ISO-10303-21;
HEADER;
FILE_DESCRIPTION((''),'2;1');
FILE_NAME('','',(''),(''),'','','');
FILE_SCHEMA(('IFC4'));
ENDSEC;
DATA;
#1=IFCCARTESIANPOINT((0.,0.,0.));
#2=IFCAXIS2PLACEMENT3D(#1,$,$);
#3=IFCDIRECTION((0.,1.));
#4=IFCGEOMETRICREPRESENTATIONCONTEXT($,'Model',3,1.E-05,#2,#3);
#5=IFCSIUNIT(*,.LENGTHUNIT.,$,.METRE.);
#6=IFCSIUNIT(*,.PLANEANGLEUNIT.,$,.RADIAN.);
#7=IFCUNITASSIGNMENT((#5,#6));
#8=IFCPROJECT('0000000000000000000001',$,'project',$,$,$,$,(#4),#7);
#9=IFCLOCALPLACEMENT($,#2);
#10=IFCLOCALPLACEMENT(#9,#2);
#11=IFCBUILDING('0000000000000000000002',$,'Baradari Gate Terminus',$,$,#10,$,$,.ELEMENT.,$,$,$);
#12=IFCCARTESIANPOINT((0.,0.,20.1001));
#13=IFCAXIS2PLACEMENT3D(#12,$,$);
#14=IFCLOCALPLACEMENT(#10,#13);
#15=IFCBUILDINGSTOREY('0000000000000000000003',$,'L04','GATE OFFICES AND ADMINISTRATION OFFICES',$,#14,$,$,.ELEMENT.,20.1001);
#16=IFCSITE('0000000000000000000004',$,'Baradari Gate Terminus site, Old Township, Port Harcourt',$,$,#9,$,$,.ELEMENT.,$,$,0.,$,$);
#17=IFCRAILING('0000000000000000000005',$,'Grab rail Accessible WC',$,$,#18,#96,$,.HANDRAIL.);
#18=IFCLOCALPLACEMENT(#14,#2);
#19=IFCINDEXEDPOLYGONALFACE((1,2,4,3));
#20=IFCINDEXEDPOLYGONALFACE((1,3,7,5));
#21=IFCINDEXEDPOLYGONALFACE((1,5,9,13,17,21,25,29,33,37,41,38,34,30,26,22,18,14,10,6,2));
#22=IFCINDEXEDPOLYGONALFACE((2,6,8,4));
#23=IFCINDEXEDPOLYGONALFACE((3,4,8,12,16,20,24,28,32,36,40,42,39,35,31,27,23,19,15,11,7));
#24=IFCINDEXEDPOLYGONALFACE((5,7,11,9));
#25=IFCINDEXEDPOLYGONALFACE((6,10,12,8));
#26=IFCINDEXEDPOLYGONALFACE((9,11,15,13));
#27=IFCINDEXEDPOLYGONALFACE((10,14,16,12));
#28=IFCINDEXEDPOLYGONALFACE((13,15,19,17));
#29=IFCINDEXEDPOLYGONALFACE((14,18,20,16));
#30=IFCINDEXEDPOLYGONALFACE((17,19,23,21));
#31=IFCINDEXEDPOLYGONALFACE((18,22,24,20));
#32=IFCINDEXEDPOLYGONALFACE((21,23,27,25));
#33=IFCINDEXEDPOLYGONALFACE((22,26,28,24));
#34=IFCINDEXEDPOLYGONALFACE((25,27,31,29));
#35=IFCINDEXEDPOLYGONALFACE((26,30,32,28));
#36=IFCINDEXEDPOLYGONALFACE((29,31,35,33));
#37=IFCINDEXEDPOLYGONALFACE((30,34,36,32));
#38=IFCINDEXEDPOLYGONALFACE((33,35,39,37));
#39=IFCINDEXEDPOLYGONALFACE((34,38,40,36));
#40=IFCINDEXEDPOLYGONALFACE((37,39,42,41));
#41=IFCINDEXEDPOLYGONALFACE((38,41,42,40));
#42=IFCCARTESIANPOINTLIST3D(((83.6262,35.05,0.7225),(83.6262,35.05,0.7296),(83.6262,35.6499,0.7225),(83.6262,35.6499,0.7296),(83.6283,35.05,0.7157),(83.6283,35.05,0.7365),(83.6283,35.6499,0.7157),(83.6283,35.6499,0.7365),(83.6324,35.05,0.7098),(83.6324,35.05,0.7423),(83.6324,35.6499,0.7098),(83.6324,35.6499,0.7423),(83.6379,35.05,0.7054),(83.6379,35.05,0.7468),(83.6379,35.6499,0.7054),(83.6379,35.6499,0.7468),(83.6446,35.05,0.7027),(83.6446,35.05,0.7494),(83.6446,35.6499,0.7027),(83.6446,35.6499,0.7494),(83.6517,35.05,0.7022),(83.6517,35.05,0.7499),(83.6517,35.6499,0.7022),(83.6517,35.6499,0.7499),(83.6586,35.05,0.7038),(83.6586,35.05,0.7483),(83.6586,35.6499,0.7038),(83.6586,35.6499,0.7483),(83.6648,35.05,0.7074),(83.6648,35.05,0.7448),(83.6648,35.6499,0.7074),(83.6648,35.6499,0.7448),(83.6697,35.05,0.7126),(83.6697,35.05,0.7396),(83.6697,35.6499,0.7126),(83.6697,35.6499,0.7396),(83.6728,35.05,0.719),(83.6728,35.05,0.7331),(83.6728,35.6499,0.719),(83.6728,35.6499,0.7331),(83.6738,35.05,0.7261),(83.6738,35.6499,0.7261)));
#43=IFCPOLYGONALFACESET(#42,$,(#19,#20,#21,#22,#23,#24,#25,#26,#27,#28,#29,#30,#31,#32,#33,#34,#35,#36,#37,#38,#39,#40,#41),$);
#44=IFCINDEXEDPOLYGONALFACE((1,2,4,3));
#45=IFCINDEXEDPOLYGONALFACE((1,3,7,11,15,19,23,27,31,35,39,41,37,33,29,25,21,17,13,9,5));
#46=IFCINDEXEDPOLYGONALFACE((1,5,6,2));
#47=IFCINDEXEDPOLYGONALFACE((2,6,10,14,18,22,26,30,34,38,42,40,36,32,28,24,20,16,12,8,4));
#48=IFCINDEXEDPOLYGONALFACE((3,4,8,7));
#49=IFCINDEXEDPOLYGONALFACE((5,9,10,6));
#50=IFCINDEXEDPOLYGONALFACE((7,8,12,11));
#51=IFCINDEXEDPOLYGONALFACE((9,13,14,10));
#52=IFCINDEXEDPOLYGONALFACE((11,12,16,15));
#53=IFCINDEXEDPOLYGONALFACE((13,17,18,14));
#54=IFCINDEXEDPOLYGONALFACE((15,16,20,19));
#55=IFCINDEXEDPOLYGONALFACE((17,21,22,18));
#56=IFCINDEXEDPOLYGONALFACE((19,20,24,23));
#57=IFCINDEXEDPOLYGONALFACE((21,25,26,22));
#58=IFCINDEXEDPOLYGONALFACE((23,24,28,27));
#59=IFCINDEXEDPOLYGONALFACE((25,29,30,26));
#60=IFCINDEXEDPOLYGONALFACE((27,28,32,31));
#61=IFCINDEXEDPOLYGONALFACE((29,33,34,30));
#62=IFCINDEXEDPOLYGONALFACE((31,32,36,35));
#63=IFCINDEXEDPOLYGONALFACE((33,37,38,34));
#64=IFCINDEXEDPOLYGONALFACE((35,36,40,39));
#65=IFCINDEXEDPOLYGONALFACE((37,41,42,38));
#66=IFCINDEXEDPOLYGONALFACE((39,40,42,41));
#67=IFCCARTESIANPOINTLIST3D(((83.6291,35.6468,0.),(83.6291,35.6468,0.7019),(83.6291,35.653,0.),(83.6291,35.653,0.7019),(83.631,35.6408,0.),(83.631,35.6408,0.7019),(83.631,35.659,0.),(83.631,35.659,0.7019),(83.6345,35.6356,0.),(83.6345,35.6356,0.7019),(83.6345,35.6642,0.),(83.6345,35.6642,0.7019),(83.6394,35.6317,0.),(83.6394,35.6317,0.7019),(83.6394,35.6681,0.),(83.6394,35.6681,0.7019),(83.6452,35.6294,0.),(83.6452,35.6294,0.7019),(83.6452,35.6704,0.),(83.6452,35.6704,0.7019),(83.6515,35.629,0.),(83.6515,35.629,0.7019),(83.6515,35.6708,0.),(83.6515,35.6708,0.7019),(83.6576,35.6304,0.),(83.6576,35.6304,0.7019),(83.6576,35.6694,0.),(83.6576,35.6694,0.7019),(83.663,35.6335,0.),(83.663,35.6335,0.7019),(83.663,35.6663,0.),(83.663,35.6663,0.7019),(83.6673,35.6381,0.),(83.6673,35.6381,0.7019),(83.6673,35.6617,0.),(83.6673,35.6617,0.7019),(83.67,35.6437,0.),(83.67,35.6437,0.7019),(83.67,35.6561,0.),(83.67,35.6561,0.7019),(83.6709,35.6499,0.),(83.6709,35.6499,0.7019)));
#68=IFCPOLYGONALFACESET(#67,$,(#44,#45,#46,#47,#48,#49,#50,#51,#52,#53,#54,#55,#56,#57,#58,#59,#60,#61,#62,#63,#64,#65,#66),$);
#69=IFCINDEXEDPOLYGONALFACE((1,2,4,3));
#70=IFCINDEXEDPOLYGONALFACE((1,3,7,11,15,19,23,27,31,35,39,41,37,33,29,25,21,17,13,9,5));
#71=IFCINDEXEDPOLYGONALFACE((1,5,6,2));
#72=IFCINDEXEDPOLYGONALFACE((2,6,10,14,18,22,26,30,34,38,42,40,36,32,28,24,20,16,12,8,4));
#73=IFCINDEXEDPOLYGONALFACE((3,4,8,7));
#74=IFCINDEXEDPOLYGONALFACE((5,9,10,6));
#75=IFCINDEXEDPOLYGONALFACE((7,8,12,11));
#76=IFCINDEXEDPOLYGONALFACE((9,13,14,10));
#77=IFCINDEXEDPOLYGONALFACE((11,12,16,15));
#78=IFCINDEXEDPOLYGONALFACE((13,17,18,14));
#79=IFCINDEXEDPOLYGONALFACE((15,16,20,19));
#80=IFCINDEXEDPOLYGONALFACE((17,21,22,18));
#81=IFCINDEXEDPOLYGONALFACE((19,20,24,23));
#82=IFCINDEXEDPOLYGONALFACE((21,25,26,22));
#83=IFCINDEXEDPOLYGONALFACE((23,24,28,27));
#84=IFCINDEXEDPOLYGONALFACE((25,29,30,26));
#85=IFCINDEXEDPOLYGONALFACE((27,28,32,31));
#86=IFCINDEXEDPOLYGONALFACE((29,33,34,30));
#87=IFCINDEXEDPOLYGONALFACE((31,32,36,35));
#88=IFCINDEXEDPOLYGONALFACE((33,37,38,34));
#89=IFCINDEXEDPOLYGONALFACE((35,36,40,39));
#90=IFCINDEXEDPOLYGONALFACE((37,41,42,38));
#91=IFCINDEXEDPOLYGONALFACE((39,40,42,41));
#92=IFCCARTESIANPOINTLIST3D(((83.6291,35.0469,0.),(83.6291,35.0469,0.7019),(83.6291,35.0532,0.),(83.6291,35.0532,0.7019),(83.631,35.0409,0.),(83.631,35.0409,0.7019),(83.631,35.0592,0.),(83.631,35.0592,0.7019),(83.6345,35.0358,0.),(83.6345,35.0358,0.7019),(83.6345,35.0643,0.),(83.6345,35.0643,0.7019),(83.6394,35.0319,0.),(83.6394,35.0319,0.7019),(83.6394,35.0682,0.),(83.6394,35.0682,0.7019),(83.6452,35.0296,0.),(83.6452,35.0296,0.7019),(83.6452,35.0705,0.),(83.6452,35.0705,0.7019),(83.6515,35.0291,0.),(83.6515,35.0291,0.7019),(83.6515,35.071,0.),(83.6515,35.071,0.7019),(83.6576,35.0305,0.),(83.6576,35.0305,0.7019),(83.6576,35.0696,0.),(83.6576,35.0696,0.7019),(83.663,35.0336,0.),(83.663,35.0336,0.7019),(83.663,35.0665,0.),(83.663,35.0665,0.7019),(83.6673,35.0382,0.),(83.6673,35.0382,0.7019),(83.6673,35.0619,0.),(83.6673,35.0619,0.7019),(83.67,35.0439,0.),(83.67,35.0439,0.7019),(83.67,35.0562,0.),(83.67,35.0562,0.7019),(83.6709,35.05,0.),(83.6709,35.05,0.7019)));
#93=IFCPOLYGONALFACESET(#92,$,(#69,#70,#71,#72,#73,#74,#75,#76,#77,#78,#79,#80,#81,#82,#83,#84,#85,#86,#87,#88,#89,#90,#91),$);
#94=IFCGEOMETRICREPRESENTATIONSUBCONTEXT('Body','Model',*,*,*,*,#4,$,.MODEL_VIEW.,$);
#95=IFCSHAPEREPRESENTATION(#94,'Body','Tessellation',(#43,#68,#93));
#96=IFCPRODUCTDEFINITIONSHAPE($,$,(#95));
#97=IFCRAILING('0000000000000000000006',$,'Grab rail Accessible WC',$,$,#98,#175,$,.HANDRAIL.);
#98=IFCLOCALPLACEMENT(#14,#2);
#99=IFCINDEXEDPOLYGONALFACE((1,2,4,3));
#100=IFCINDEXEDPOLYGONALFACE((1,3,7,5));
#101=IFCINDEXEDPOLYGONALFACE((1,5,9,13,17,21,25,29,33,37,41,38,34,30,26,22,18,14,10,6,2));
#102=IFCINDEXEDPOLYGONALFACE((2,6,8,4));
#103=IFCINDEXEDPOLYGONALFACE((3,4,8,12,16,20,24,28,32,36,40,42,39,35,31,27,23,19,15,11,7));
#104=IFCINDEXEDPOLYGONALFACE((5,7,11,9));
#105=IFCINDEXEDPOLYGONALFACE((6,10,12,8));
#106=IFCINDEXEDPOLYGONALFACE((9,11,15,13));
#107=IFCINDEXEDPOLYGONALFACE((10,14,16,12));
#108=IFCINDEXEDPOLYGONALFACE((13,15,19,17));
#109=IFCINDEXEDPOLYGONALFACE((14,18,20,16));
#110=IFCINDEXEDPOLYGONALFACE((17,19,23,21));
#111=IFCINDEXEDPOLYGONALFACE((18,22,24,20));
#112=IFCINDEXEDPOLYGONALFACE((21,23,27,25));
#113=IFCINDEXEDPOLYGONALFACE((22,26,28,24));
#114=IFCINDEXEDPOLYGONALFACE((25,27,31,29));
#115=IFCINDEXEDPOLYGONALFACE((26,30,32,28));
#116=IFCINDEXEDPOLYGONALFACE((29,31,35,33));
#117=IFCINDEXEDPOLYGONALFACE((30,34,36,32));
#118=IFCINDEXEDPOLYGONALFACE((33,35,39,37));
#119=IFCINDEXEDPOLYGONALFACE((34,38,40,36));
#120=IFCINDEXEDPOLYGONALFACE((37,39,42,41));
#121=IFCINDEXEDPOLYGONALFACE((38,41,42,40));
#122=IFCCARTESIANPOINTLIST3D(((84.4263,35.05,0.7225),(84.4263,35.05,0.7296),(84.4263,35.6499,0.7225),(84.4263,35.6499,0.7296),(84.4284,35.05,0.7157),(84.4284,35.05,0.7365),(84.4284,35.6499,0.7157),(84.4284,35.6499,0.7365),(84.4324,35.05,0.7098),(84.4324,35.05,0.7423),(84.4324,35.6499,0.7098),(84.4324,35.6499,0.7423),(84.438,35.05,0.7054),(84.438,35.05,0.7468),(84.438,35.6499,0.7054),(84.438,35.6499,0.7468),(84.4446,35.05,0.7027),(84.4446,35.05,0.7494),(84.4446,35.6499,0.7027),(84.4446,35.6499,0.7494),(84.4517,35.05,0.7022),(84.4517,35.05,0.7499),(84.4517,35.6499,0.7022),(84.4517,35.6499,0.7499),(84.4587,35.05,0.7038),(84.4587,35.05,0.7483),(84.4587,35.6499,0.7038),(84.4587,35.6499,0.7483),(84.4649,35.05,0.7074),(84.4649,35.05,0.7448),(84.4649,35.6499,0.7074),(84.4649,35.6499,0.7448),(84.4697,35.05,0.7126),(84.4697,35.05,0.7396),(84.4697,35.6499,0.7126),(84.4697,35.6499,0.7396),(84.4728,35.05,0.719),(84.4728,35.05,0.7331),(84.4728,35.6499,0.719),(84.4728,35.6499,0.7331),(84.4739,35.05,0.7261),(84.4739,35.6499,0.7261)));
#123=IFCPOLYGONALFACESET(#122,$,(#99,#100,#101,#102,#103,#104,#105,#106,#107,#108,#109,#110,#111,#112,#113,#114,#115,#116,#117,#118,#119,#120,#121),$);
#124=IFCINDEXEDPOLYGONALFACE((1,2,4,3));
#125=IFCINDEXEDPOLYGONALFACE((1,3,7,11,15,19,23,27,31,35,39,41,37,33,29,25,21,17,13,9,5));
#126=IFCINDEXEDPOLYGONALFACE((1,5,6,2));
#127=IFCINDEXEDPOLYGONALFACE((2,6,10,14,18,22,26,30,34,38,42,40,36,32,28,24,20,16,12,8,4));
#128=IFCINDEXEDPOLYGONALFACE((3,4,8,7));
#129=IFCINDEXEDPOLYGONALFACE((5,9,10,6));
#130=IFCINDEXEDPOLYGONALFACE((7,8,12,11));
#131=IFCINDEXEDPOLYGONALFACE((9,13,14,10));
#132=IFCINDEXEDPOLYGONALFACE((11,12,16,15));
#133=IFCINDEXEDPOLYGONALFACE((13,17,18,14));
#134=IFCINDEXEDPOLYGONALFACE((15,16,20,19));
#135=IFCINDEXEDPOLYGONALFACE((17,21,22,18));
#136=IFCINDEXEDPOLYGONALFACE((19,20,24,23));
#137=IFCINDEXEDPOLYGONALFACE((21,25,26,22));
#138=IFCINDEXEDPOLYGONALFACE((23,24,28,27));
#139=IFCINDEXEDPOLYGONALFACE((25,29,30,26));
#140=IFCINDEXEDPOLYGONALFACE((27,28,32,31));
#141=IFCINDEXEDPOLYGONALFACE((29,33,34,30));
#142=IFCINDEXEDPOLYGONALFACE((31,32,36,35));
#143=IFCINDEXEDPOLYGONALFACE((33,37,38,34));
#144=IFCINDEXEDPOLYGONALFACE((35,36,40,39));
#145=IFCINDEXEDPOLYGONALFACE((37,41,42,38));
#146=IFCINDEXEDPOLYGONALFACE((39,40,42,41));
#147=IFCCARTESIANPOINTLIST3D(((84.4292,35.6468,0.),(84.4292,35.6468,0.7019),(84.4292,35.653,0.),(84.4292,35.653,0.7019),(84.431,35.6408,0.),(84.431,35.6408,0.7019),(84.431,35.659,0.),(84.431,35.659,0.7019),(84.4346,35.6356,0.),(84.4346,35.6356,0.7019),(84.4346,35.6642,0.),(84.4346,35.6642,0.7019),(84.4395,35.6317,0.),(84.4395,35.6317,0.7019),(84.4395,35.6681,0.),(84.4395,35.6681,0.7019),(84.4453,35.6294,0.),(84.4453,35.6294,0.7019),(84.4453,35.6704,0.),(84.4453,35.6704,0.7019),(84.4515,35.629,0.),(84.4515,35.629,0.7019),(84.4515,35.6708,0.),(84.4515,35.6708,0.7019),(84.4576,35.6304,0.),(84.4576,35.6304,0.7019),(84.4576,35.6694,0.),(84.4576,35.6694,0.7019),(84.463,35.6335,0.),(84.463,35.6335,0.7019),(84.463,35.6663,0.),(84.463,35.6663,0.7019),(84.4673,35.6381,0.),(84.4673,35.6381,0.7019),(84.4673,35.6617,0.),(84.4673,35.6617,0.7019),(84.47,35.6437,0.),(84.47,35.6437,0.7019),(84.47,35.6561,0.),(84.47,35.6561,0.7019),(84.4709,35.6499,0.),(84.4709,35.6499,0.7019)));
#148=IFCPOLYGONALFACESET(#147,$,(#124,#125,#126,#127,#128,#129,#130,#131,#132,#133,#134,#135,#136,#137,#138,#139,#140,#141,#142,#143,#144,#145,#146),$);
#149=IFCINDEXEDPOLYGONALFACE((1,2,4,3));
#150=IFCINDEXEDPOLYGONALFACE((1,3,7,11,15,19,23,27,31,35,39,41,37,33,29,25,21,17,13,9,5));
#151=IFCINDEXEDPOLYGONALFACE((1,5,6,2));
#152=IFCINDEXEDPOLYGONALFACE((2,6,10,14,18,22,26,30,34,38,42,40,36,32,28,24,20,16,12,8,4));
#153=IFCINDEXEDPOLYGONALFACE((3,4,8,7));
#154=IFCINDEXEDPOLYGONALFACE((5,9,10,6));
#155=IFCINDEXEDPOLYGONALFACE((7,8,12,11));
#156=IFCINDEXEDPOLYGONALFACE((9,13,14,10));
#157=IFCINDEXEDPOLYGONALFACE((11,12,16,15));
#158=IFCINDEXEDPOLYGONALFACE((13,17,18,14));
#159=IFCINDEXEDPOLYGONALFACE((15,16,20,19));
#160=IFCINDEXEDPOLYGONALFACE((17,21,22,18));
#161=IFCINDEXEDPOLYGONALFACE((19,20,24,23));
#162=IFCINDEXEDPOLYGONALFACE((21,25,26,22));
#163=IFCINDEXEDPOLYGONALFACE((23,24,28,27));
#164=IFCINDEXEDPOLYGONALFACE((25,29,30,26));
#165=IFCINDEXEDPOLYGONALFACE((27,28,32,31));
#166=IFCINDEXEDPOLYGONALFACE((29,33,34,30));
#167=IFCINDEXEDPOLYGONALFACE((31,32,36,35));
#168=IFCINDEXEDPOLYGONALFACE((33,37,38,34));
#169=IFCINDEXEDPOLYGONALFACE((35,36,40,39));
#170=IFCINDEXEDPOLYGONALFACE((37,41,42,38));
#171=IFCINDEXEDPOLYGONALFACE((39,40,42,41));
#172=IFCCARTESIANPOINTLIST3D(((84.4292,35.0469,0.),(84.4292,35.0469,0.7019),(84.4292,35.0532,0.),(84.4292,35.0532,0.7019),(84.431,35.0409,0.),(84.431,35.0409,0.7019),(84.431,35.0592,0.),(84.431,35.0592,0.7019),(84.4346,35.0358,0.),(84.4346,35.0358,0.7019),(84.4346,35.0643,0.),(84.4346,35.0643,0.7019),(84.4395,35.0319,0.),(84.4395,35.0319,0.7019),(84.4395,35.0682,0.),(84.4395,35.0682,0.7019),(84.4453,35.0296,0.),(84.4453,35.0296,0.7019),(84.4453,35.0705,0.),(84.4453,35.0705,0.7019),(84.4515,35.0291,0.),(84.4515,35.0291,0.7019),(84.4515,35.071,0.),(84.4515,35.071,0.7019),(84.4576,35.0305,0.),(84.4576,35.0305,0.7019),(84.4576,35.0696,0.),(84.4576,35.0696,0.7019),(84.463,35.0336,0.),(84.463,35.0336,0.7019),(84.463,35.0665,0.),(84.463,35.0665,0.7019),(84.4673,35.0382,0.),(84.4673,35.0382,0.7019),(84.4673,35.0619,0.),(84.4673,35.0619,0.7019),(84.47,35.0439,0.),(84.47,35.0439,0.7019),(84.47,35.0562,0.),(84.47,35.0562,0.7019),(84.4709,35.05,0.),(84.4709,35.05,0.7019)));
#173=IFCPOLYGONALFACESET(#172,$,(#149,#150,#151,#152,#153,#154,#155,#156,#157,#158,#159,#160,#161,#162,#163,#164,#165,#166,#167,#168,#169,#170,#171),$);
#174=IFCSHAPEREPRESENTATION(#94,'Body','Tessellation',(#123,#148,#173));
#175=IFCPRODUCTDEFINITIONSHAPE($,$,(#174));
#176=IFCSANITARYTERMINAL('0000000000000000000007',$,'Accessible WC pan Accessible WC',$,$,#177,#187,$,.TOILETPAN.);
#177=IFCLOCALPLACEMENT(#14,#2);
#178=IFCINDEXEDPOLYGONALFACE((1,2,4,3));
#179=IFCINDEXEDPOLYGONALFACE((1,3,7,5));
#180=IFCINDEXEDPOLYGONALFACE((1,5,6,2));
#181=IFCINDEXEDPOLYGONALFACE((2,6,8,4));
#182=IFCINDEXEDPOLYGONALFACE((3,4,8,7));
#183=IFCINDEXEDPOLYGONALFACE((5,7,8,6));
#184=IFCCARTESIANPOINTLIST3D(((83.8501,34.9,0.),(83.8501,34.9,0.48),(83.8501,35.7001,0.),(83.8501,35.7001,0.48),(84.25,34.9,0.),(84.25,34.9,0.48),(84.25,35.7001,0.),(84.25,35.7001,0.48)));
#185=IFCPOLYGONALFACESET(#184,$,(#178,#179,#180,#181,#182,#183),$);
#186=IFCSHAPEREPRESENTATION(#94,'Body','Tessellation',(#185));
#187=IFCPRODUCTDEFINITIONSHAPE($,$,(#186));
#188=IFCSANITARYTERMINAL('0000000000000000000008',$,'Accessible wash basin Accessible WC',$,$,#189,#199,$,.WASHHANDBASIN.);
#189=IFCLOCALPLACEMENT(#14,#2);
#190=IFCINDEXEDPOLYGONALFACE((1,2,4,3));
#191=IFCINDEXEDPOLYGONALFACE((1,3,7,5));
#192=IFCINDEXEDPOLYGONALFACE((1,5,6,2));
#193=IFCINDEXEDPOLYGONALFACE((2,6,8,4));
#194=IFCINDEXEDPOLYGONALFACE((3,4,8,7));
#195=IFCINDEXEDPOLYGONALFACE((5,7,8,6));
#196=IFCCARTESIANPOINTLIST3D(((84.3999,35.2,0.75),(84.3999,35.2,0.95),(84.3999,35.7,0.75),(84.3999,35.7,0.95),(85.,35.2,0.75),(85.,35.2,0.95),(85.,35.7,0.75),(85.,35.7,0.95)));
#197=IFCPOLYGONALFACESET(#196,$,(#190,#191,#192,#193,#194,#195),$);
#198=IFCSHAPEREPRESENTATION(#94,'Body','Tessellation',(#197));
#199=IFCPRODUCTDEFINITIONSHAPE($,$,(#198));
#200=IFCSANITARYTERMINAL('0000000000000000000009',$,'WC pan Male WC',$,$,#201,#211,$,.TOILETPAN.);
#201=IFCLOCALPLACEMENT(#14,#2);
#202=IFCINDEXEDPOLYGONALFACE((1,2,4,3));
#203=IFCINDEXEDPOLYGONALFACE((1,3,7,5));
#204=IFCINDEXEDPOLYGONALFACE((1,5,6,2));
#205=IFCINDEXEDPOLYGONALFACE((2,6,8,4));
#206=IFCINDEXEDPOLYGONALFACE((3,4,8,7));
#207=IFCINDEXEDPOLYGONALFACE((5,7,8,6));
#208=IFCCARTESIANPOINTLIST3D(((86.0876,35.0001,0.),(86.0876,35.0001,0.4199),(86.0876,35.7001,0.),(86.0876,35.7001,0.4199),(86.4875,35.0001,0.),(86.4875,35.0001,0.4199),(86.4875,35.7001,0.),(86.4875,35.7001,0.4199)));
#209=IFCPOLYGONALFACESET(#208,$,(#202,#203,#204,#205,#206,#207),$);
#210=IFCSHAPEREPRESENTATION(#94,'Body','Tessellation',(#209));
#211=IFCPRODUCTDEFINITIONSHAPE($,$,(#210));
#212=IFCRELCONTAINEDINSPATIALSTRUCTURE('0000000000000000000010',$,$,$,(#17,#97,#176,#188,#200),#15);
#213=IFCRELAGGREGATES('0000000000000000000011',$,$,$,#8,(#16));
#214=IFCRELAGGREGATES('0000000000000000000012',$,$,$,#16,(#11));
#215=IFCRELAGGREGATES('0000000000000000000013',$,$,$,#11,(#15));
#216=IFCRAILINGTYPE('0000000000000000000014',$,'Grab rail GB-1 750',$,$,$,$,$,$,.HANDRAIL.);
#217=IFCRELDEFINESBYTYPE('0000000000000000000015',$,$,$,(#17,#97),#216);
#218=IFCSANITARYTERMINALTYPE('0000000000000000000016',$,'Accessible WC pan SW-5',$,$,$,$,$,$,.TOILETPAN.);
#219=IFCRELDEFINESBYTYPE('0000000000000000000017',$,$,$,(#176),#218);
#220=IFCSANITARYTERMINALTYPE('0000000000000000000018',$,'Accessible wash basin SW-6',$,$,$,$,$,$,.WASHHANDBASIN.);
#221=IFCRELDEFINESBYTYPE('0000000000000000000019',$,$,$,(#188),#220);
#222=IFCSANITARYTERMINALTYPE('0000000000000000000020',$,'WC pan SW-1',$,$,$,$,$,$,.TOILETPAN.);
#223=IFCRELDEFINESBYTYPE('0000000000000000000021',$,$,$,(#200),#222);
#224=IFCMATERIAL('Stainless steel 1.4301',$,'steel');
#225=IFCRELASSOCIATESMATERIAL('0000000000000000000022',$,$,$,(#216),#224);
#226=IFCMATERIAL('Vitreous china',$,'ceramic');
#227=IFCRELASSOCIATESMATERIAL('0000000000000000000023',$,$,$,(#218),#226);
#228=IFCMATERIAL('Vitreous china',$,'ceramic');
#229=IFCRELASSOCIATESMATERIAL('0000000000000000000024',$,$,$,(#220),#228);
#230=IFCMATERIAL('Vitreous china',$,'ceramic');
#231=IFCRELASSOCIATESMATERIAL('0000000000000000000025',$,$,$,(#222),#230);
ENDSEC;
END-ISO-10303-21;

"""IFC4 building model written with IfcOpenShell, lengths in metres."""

from ifc_helpers import new_model, si_unit, direction, frame, origin, origin_2d, place, context, subcontext, project, spatial, rectangle, circle, extrude, material, type_object, element, save


model = new_model("IFC4")

# Units and contexts
model_context = context("Model", 3, precision=1e-05, world=origin(), true_north=direction((0.0, 1.0)))
body_context = subcontext(model_context, "Body", "Model", "MODEL_VIEW")
ifc_project = project(units=[si_unit("LENGTHUNIT", "METRE"), si_unit("PLANEANGLEUNIT", "RADIAN")], contexts=[model_context])

# Site, building, storey
site_placement = place(None, origin())
site = spatial("IfcSite", under=ifc_project, at=site_placement, Name="Baradari Gate Terminus site, Old Township, Port Harcourt", CompositionType="ELEMENT", RefElevation=0.0)
building_placement = place(site_placement, origin())
building = spatial("IfcBuilding", under=site, at=building_placement, Name="Baradari Gate Terminus", CompositionType="ELEMENT")
storey_placement = place(building_placement, frame((0.0, 0.0, 20.1001)))
storey = spatial("IfcBuildingStorey", under=building, at=storey_placement, Name="L04", Description="GATE OFFICES AND ADMINISTRATION OFFICES", CompositionType="ELEMENT", Elevation=20.1001)

# Railings
ifc_material_1 = material(Name="Stainless steel 1.4301", Category="steel")
railing_type = type_object("IfcRailingType", Name="Grab rail GB-1 750", PredefinedType="HANDRAIL", material=ifc_material_1)
for number, where, name in (
    (1, (83.6499, 35.6499, 0.0), "Grab rail Accessible WC"),
    (2, (84.45, 35.6499, 0.0), "Grab rail Accessible WC"),
):
    element("IfcRailing", number, at=place(storey_placement, frame(where)), inside=storey, type_object=railing_type, Name=name, PredefinedType="HANDRAIL", context=body_context, shape_type="SweptSolid", body=[
        extrude(circle(Radius=0.0239, at=origin_2d()), frame((0.0, 0.0, 0.7261), z_axis=(0.0, -1.0, 0.0), x_axis=(1.0, 0.0, 0.0)), (0.0, 0.0, 1.0), 0.5999),
        extrude(circle(Radius=0.021, at=origin_2d()), origin(), (0.0, 0.0, 1.0), 0.7019),
        extrude(circle(Radius=0.021, at=origin_2d()), frame((0.0, -0.5999, 0.0)), (0.0, 0.0, 1.0), 0.7019),
    ])

# Sanitary terminals
ifc_material_2 = material(Name="Vitreous china", Category="ceramic")
sanitary_terminal_type_1 = type_object("IfcSanitaryTerminalType", Name="Accessible WC pan SW-5", PredefinedType="TOILETPAN", material=ifc_material_2)
sanitary_terminal_1_placement = place(storey_placement, frame((84.05, 35.3, 0.0), z_axis=(0.0, 0.0, 1.0), x_axis=(1.0, 0.0, 0.0)))
element("IfcSanitaryTerminal", 3, at=sanitary_terminal_1_placement, inside=storey, type_object=sanitary_terminal_type_1, Name="Accessible WC pan Accessible WC", PredefinedType="TOILETPAN", context=body_context, shape_type="SweptSolid", body=[
    extrude(rectangle(XDim=0.3999, YDim=0.8, at=origin_2d()), origin(), (0.0, 0.0, 1.0), 0.48),
])
ifc_material_3 = material(Name="Vitreous china", Category="ceramic")
sanitary_terminal_type_2 = type_object("IfcSanitaryTerminalType", Name="Accessible wash basin SW-6", PredefinedType="WASHHANDBASIN", material=ifc_material_3)
sanitary_terminal_2_placement = place(storey_placement, frame((84.7, 35.45, 0.75), z_axis=(0.0, 0.0, 1.0), x_axis=(1.0, 0.0, 0.0)))
element("IfcSanitaryTerminal", 4, at=sanitary_terminal_2_placement, inside=storey, type_object=sanitary_terminal_type_2, Name="Accessible wash basin Accessible WC", PredefinedType="WASHHANDBASIN", context=body_context, shape_type="SweptSolid", body=[
    extrude(rectangle(XDim=0.6001, YDim=0.5, at=origin_2d()), origin(), (0.0, 0.0, 1.0), 0.2),
])
ifc_material_4 = material(Name="Vitreous china", Category="ceramic")
sanitary_terminal_type_3 = type_object("IfcSanitaryTerminalType", Name="WC pan SW-1", PredefinedType="TOILETPAN", material=ifc_material_4)
sanitary_terminal_3_placement = place(storey_placement, frame((86.2876, 35.3501, 0.0), z_axis=(0.0, 0.0, 1.0), x_axis=(1.0, 0.0, 0.0)))
element("IfcSanitaryTerminal", 5, at=sanitary_terminal_3_placement, inside=storey, type_object=sanitary_terminal_type_3, Name="WC pan Male WC", PredefinedType="TOILETPAN", context=body_context, shape_type="SweptSolid", body=[
    extrude(rectangle(XDim=0.3999, YDim=0.7, at=origin_2d()), origin(), (0.0, 0.0, 1.0), 0.4199),
])

save(model, "model.ifc")
